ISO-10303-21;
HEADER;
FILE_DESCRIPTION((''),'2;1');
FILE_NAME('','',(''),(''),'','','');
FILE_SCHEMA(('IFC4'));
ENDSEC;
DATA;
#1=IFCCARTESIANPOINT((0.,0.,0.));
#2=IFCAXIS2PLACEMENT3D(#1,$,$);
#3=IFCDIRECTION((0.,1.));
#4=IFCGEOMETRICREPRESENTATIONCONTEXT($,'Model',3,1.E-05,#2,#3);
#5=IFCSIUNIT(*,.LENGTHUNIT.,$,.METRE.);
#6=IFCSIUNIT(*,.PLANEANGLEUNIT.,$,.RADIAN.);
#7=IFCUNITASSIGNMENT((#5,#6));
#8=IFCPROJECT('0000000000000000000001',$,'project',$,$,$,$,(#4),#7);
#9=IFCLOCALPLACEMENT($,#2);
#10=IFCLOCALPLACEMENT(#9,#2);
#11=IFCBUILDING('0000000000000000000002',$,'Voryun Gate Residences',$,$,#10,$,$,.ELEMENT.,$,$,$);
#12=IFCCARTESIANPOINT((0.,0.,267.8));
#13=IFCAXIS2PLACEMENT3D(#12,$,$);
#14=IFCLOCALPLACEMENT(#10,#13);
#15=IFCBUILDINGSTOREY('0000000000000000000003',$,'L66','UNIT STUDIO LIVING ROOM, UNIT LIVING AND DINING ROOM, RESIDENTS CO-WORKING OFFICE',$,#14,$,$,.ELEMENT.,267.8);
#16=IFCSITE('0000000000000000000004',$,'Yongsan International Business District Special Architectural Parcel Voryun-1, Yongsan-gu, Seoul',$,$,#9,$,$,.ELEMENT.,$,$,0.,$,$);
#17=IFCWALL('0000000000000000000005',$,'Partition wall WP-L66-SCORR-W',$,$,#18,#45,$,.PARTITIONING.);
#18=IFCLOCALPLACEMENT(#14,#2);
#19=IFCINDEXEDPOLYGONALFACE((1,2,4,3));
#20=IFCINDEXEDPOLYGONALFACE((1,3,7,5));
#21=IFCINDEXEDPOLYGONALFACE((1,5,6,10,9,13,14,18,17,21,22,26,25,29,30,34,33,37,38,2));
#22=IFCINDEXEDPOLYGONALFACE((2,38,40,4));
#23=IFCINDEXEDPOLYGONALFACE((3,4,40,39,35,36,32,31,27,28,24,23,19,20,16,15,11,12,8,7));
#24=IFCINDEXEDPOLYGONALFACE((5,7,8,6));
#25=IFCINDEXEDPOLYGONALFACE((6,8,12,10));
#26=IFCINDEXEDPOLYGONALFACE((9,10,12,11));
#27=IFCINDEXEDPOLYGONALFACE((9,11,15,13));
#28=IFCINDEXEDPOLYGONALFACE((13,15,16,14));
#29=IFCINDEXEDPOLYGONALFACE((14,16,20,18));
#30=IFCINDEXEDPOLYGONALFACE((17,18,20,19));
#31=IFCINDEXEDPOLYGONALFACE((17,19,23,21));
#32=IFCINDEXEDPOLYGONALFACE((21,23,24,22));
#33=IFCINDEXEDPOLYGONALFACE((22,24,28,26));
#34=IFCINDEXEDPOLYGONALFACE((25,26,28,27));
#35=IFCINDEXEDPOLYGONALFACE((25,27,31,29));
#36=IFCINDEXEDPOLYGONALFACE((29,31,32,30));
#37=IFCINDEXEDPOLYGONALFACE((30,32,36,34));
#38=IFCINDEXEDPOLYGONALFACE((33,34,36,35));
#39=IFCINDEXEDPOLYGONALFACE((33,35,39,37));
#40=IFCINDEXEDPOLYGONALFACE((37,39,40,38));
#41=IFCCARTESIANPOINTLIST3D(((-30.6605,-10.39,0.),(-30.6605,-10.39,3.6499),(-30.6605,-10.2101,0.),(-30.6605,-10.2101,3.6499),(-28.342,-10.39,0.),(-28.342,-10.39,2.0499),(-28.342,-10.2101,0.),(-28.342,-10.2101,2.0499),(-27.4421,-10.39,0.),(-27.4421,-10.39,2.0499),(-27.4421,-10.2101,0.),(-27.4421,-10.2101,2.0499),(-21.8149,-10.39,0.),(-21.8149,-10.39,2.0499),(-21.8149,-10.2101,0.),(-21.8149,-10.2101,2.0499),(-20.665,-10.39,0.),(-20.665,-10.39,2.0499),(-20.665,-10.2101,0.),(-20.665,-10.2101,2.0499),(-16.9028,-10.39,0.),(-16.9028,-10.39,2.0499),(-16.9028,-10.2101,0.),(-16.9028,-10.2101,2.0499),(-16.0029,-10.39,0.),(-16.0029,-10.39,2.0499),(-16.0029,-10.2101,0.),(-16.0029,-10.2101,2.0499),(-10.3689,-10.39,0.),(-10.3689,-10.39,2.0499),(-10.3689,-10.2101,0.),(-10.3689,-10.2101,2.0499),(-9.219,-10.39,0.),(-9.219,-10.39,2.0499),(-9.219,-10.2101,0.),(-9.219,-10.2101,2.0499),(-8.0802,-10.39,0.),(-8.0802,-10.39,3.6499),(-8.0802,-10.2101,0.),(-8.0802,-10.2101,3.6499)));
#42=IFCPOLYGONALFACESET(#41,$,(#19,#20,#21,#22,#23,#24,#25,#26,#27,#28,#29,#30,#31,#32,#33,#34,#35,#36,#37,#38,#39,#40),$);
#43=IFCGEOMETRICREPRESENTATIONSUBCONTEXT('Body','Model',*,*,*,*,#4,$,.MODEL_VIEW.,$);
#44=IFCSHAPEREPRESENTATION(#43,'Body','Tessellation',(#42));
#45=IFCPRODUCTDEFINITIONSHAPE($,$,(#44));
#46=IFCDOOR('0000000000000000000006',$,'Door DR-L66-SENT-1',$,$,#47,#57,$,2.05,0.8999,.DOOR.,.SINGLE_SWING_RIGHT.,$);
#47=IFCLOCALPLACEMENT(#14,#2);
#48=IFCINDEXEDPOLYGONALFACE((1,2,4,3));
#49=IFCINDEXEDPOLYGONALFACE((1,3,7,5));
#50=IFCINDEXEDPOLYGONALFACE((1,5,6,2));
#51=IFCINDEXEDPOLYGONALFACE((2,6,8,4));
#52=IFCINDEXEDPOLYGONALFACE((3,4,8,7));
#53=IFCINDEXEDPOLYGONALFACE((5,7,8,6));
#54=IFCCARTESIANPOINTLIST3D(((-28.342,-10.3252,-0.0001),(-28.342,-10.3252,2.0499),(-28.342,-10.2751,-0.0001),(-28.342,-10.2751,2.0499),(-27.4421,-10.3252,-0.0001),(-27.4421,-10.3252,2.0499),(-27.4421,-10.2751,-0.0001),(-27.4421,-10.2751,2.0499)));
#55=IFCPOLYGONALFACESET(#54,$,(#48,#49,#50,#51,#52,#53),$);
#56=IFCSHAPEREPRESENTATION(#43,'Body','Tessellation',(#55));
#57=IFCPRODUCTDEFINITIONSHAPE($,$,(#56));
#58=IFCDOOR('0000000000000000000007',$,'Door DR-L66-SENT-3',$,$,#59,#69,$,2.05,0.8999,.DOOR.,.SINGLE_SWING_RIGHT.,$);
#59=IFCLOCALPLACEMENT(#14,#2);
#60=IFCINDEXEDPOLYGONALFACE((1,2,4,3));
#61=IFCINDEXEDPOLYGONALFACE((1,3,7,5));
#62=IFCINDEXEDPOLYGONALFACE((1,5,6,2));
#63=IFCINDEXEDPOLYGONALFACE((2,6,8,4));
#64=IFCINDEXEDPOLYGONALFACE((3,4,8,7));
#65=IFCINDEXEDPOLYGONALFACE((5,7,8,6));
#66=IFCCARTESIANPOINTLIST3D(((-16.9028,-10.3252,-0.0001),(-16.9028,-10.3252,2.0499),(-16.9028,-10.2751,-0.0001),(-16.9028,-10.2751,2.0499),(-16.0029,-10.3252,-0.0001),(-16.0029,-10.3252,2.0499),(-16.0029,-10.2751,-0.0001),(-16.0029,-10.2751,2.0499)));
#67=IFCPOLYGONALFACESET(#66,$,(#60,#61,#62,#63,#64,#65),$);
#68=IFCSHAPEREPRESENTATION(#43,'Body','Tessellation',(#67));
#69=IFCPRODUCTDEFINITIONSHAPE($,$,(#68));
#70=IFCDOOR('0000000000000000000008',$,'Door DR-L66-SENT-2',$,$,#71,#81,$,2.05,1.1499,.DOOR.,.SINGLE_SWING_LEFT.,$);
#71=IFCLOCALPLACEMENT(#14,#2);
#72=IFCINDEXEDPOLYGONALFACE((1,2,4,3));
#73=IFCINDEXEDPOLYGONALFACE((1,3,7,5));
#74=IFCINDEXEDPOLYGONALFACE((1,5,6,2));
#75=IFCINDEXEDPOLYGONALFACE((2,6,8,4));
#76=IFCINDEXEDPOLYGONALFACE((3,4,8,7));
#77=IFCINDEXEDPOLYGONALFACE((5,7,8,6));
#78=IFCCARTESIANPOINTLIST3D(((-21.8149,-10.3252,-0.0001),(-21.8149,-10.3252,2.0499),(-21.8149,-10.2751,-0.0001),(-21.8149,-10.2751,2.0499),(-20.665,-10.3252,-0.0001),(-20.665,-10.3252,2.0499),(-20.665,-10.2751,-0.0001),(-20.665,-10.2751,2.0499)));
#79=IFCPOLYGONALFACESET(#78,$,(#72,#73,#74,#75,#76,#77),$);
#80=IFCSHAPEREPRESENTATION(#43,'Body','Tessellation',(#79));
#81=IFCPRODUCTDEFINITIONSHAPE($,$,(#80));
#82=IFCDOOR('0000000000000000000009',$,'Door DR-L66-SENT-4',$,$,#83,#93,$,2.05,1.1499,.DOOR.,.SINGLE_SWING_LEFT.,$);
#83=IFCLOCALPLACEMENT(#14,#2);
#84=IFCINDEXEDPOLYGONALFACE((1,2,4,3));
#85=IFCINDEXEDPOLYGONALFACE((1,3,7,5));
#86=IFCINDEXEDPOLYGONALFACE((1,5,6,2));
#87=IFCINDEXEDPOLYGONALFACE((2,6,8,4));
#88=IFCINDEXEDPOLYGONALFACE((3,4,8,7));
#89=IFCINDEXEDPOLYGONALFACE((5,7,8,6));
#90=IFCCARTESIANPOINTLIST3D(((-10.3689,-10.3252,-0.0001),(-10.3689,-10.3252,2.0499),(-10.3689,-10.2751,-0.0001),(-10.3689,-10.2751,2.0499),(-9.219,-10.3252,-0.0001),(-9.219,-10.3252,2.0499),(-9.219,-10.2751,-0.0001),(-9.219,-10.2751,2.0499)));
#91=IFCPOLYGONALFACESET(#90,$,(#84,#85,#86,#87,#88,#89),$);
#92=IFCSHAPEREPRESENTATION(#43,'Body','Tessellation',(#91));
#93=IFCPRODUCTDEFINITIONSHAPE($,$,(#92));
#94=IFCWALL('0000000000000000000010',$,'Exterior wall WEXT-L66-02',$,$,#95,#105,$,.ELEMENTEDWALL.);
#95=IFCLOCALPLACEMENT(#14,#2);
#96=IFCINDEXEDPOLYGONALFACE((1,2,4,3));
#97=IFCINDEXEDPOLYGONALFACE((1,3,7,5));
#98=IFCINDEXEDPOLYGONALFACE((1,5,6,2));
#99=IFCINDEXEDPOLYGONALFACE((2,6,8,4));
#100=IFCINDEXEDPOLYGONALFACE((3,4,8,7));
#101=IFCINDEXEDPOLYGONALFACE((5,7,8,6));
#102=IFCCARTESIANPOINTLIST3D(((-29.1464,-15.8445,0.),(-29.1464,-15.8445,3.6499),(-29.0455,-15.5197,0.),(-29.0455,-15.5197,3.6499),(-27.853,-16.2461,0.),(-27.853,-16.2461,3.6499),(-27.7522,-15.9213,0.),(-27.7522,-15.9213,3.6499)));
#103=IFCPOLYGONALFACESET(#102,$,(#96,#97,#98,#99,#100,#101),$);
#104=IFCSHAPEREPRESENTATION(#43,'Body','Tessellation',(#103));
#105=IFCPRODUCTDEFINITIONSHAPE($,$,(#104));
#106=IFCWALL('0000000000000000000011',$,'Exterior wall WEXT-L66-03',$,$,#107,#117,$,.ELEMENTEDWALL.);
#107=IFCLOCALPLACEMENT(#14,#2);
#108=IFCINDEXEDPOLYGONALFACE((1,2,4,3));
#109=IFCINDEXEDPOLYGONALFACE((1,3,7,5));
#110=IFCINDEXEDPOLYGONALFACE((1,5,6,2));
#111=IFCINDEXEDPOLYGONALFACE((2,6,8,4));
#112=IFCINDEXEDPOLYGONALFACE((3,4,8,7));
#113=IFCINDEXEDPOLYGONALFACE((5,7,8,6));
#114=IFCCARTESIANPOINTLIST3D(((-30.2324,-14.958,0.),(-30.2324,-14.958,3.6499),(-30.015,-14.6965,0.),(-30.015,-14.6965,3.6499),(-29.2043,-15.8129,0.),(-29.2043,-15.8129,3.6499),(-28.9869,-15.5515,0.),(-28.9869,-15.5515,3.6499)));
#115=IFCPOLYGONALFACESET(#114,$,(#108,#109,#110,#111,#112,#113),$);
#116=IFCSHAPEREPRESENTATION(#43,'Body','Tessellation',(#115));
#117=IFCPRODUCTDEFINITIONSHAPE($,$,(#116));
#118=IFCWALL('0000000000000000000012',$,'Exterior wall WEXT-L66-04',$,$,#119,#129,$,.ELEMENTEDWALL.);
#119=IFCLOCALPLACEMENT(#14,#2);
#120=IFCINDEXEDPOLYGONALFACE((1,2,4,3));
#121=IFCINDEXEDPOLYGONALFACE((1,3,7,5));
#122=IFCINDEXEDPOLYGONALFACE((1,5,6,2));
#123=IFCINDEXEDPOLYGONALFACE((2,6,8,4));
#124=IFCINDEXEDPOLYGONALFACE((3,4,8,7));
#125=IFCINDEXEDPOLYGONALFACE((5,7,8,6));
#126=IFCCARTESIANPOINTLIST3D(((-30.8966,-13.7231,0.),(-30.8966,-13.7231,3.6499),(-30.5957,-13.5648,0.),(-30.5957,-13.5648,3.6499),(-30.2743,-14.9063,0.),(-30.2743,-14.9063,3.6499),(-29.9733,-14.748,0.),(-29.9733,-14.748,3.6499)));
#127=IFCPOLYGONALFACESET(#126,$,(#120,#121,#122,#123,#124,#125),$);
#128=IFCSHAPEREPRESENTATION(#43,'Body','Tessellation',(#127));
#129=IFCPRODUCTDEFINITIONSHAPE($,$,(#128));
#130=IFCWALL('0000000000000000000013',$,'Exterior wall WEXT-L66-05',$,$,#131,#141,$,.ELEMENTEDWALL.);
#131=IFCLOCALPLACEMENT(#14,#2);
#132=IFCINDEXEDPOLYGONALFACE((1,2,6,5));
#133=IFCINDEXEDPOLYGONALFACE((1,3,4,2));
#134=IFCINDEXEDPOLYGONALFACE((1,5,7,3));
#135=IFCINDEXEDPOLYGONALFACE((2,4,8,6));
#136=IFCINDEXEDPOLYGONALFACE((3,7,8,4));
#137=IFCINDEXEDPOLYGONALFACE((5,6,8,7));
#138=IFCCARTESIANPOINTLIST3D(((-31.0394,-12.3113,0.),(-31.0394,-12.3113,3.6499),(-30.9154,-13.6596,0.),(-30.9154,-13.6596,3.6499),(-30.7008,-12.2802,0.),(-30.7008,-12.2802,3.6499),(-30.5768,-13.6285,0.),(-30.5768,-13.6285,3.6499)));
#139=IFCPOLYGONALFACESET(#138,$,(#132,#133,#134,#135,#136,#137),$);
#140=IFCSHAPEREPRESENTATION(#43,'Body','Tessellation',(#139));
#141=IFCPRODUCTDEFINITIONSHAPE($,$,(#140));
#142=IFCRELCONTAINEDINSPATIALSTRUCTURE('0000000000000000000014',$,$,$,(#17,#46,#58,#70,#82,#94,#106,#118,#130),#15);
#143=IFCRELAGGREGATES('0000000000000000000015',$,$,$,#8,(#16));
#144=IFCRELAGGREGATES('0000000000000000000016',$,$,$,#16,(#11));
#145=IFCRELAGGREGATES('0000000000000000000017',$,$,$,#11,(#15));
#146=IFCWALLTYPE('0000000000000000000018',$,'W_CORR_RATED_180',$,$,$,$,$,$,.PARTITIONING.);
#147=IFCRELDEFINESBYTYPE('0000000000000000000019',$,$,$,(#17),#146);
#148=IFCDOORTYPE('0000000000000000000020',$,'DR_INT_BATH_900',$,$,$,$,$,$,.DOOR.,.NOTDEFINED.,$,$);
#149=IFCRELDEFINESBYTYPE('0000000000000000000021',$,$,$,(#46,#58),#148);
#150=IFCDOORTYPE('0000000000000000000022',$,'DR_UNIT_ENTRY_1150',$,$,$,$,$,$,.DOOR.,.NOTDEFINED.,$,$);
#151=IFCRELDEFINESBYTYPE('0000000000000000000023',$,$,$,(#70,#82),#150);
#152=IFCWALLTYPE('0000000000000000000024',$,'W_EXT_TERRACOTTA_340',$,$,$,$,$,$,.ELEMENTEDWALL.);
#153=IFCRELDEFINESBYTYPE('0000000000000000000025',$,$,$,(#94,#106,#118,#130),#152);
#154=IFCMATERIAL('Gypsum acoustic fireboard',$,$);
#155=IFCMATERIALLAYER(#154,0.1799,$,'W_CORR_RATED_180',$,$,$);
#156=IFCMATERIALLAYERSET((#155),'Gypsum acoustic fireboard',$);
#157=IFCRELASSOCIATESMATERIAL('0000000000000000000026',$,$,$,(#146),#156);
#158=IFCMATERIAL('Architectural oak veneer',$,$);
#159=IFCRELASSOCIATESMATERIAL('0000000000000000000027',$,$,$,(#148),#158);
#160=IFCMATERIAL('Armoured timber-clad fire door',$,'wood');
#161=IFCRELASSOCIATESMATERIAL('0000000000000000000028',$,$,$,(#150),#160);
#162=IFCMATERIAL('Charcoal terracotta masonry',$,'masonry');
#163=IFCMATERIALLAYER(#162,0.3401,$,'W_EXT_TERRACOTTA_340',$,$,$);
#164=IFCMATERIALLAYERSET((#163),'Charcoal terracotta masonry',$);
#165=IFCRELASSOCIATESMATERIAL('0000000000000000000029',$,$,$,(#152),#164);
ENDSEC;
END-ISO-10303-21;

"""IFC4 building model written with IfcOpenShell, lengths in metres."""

from ifc_helpers import new_model, si_unit, direction, frame, frame_2d, origin, place, context, subcontext, project, spatial, rectangle, extrude, material, layer, layer_set, type_object, element, fill, save


model = new_model("IFC4")

# Units and contexts
model_context = context("Model", 3, precision=1e-05, world=origin(), true_north=direction((0.0, 1.0)))
body_context = subcontext(model_context, "Body", "Model", "MODEL_VIEW")
ifc_project = project(units=[si_unit("LENGTHUNIT", "METRE"), si_unit("PLANEANGLEUNIT", "RADIAN")], contexts=[model_context])

# Site, building, storey
site_placement = place(None, origin())
site = spatial("IfcSite", under=ifc_project, at=site_placement, Name="Yongsan International Business District Special Architectural Parcel Voryun-1, Yongsan-gu, Seoul", CompositionType="ELEMENT", RefElevation=0.0)
building_placement = place(site_placement, origin())
building = spatial("IfcBuilding", under=site, at=building_placement, Name="Voryun Gate Residences", CompositionType="ELEMENT")
storey_placement = place(building_placement, frame((0.0, 0.0, 267.8)))
storey = spatial("IfcBuildingStorey", under=building, at=storey_placement, Name="L66", Description="UNIT STUDIO LIVING ROOM, UNIT LIVING AND DINING ROOM, RESIDENTS CO-WORKING OFFICE", CompositionType="ELEMENT", Elevation=267.8)

# Wall, openings, doors
ifc_material_1 = material(Name="Gypsum acoustic fireboard")
ifc_layer_1 = layer(ifc_material_1, 0.1799, Name="W_CORR_RATED_180")
ifc_layer_set_1 = layer_set([ifc_layer_1], Name="Gypsum acoustic fireboard")
wall_type_1 = type_object("IfcWallType", Name="W_CORR_RATED_180", PredefinedType="PARTITIONING", material=ifc_layer_set_1)
wall_1_placement = place(storey_placement, frame((-30.6604, -10.3, 0.0), z_axis=(0.0, 0.0, 1.0), x_axis=(1.0, 0.0, 0.0)))
wall_1 = element("IfcWall", 1, at=wall_1_placement, inside=storey, type_object=wall_type_1, Name="Partition wall WP-L66-SCORR-W", PredefinedType="PARTITIONING", context=body_context, shape_type="SweptSolid", body=[
    extrude(rectangle(XDim=22.5803, YDim=0.1799, at=frame_2d((11.29, 0.0))), origin(), (0.0, 0.0, 1.0), 3.6499),
])
opening_1_placement = place(wall_1_placement, frame((2.3184, 0.0, 0.0)))
opening_1 = element("IfcOpeningElement", 2, at=opening_1_placement, cuts=wall_1, PredefinedType="OPENING", context=body_context, shape_type="SweptSolid", body=[
    extrude(rectangle(XDim=0.8999, YDim=2.05, at=frame_2d((0.45, 1.0249))), frame((0.0, 0.0999, 0.0), z_axis=(0.0, -1.0, 0.0), x_axis=(1.0, 0.0, 0.0)), (0.0, 0.0, 1.0), 0.2),
])
opening_2_placement = place(wall_1_placement, frame((8.8455, 0.0, 0.0)))
opening_2 = element("IfcOpeningElement", 3, at=opening_2_placement, cuts=wall_1, PredefinedType="OPENING", context=body_context, shape_type="SweptSolid", body=[
    extrude(rectangle(XDim=1.1499, YDim=2.05, at=frame_2d((0.575, 1.0249))), frame((0.0, 0.0999, 0.0), z_axis=(0.0, -1.0, 0.0), x_axis=(1.0, 0.0, 0.0)), (0.0, 0.0, 1.0), 0.2),
])
opening_3_placement = place(wall_1_placement, frame((13.7576, 0.0, 0.0)))
opening_3 = element("IfcOpeningElement", 4, at=opening_3_placement, cuts=wall_1, PredefinedType="OPENING", context=body_context, shape_type="SweptSolid", body=[
    extrude(rectangle(XDim=0.8999, YDim=2.05, at=frame_2d((0.45, 1.0249))), frame((0.0, 0.0999, 0.0), z_axis=(0.0, -1.0, 0.0), x_axis=(1.0, 0.0, 0.0)), (0.0, 0.0, 1.0), 0.2),
])
opening_4_placement = place(wall_1_placement, frame((20.2915, 0.0, 0.0)))
opening_4 = element("IfcOpeningElement", 5, at=opening_4_placement, cuts=wall_1, PredefinedType="OPENING", context=body_context, shape_type="SweptSolid", body=[
    extrude(rectangle(XDim=1.1499, YDim=2.05, at=frame_2d((0.575, 1.0249))), frame((0.0, 0.0999, 0.0), z_axis=(0.0, -1.0, 0.0), x_axis=(1.0, 0.0, 0.0)), (0.0, 0.0, 1.0), 0.2),
])
ifc_material_2 = material(Name="Architectural oak veneer")
door_type_1 = type_object("IfcDoorType", Name="DR_INT_BATH_900", OperationType="NOTDEFINED", PredefinedType="DOOR", material=ifc_material_2)
door_1_placement = place(opening_1_placement, origin())
door_1 = element("IfcDoor", 6, at=door_1_placement, inside=storey, type_object=door_type_1, Name="Door DR-L66-SENT-1", OperationType="SINGLE_SWING_RIGHT", OverallHeight=2.05, OverallWidth=0.8999, PredefinedType="DOOR", context=body_context, shape_type="SweptSolid", body=[
    extrude(rectangle(XDim=0.8999, YDim=2.05, at=frame_2d((0.45, 1.0249))), frame((0.0, 0.0249, 0.0), z_axis=(0.0, -1.0, 0.0), x_axis=(1.0, 0.0, 0.0)), (0.0, 0.0, 1.0), 0.05),
])
fill(opening_1, door_1)
door_2_placement = place(opening_3_placement, origin())
door_2 = element("IfcDoor", 7, at=door_2_placement, inside=storey, type_object=door_type_1, Name="Door DR-L66-SENT-3", OperationType="SINGLE_SWING_RIGHT", OverallHeight=2.05, OverallWidth=0.8999, PredefinedType="DOOR", context=body_context, shape_type="SweptSolid", body=[
    extrude(rectangle(XDim=0.8999, YDim=2.05, at=frame_2d((0.45, 1.0249))), frame((0.0, 0.0249, 0.0), z_axis=(0.0, -1.0, 0.0), x_axis=(1.0, 0.0, 0.0)), (0.0, 0.0, 1.0), 0.05),
])
fill(opening_3, door_2)
ifc_material_3 = material(Name="Armoured timber-clad fire door", Category="wood")
door_type_2 = type_object("IfcDoorType", Name="DR_UNIT_ENTRY_1150", OperationType="NOTDEFINED", PredefinedType="DOOR", material=ifc_material_3)
door_3_placement = place(opening_2_placement, origin())
door_3 = element("IfcDoor", 8, at=door_3_placement, inside=storey, type_object=door_type_2, Name="Door DR-L66-SENT-2", OperationType="SINGLE_SWING_LEFT", OverallHeight=2.05, OverallWidth=1.1499, PredefinedType="DOOR", context=body_context, shape_type="SweptSolid", body=[
    extrude(rectangle(XDim=1.1499, YDim=2.05, at=frame_2d((0.575, 1.0249))), frame((0.0, 0.0249, 0.0), z_axis=(0.0, -1.0, 0.0), x_axis=(1.0, 0.0, 0.0)), (0.0, 0.0, 1.0), 0.05),
])
fill(opening_2, door_3)
door_4_placement = place(opening_4_placement, origin())
door_4 = element("IfcDoor", 9, at=door_4_placement, inside=storey, type_object=door_type_2, Name="Door DR-L66-SENT-4", OperationType="SINGLE_SWING_LEFT", OverallHeight=2.05, OverallWidth=1.1499, PredefinedType="DOOR", context=body_context, shape_type="SweptSolid", body=[
    extrude(rectangle(XDim=1.1499, YDim=2.05, at=frame_2d((0.575, 1.0249))), frame((0.0, 0.0249, 0.0), z_axis=(0.0, -1.0, 0.0), x_axis=(1.0, 0.0, 0.0)), (0.0, 0.0, 1.0), 0.05),
])
fill(opening_4, door_4)

# Walls
ifc_material_4 = material(Name="Charcoal terracotta masonry", Category="masonry")
ifc_layer_2 = layer(ifc_material_4, 0.3401, Name="W_EXT_TERRACOTTA_340")
ifc_layer_set_2 = layer_set([ifc_layer_2], Name="Charcoal terracotta masonry")
wall_type_2 = type_object("IfcWallType", Name="W_EXT_TERRACOTTA_340", PredefinedType="ELEMENTEDWALL", material=ifc_layer_set_2)
wall_2_placement = place(storey_placement, frame((-27.8025, -16.0837, 0.0), z_axis=(0.0, 0.0, 1.0), x_axis=(-0.955008, 0.296581, 0.0)))
element("IfcWall", 10, at=wall_2_placement, inside=storey, type_object=wall_type_2, Name="Exterior wall WEXT-L66-02", PredefinedType="ELEMENTEDWALL", context=body_context, shape_type="SweptSolid", body=[
    extrude(rectangle(XDim=1.3542, YDim=0.3401, at=frame_2d((0.6772, 0.0))), origin(), (0.0, 0.0, 1.0), 3.6499),
])
wall_3_placement = place(storey_placement, frame((-29.0957, -15.6821, 0.0), z_axis=(0.0, 0.0, 1.0), x_axis=(-0.768864, 0.639412, 0.0)))
element("IfcWall", 11, at=wall_3_placement, inside=storey, type_object=wall_type_2, Name="Exterior wall WEXT-L66-03", PredefinedType="ELEMENTEDWALL", context=body_context, shape_type="SweptSolid", body=[
    extrude(rectangle(XDim=1.3372, YDim=0.3401, at=frame_2d((0.6685, 0.0))), origin(), (0.0, 0.0, 1.0), 3.6499),
])
wall_4_placement = place(storey_placement, frame((-30.1238, -14.8271, 0.0), z_axis=(0.0, 0.0, 1.0), x_axis=(-0.465528, 0.885033, 0.0)))
element("IfcWall", 12, at=wall_4_placement, inside=storey, type_object=wall_type_2, Name="Exterior wall WEXT-L66-04", PredefinedType="ELEMENTEDWALL", context=body_context, shape_type="SweptSolid", body=[
    extrude(rectangle(XDim=1.3369, YDim=0.3401, at=frame_2d((0.6685, 0.0))), origin(), (0.0, 0.0, 1.0), 3.6499),
])
wall_5_placement = place(storey_placement, frame((-30.7461, -13.644, 0.0), z_axis=(0.0, 0.0, 1.0), x_axis=(-0.091592, 0.995797, 0.0)))
element("IfcWall", 13, at=wall_5_placement, inside=storey, type_object=wall_type_2, Name="Exterior wall WEXT-L66-05", PredefinedType="ELEMENTEDWALL", context=body_context, shape_type="SweptSolid", body=[
    extrude(rectangle(XDim=1.354, YDim=0.3401, at=frame_2d((0.677, 0.0))), origin(), (0.0, 0.0, 1.0), 3.6499),
])

save(model, "model.ifc")
